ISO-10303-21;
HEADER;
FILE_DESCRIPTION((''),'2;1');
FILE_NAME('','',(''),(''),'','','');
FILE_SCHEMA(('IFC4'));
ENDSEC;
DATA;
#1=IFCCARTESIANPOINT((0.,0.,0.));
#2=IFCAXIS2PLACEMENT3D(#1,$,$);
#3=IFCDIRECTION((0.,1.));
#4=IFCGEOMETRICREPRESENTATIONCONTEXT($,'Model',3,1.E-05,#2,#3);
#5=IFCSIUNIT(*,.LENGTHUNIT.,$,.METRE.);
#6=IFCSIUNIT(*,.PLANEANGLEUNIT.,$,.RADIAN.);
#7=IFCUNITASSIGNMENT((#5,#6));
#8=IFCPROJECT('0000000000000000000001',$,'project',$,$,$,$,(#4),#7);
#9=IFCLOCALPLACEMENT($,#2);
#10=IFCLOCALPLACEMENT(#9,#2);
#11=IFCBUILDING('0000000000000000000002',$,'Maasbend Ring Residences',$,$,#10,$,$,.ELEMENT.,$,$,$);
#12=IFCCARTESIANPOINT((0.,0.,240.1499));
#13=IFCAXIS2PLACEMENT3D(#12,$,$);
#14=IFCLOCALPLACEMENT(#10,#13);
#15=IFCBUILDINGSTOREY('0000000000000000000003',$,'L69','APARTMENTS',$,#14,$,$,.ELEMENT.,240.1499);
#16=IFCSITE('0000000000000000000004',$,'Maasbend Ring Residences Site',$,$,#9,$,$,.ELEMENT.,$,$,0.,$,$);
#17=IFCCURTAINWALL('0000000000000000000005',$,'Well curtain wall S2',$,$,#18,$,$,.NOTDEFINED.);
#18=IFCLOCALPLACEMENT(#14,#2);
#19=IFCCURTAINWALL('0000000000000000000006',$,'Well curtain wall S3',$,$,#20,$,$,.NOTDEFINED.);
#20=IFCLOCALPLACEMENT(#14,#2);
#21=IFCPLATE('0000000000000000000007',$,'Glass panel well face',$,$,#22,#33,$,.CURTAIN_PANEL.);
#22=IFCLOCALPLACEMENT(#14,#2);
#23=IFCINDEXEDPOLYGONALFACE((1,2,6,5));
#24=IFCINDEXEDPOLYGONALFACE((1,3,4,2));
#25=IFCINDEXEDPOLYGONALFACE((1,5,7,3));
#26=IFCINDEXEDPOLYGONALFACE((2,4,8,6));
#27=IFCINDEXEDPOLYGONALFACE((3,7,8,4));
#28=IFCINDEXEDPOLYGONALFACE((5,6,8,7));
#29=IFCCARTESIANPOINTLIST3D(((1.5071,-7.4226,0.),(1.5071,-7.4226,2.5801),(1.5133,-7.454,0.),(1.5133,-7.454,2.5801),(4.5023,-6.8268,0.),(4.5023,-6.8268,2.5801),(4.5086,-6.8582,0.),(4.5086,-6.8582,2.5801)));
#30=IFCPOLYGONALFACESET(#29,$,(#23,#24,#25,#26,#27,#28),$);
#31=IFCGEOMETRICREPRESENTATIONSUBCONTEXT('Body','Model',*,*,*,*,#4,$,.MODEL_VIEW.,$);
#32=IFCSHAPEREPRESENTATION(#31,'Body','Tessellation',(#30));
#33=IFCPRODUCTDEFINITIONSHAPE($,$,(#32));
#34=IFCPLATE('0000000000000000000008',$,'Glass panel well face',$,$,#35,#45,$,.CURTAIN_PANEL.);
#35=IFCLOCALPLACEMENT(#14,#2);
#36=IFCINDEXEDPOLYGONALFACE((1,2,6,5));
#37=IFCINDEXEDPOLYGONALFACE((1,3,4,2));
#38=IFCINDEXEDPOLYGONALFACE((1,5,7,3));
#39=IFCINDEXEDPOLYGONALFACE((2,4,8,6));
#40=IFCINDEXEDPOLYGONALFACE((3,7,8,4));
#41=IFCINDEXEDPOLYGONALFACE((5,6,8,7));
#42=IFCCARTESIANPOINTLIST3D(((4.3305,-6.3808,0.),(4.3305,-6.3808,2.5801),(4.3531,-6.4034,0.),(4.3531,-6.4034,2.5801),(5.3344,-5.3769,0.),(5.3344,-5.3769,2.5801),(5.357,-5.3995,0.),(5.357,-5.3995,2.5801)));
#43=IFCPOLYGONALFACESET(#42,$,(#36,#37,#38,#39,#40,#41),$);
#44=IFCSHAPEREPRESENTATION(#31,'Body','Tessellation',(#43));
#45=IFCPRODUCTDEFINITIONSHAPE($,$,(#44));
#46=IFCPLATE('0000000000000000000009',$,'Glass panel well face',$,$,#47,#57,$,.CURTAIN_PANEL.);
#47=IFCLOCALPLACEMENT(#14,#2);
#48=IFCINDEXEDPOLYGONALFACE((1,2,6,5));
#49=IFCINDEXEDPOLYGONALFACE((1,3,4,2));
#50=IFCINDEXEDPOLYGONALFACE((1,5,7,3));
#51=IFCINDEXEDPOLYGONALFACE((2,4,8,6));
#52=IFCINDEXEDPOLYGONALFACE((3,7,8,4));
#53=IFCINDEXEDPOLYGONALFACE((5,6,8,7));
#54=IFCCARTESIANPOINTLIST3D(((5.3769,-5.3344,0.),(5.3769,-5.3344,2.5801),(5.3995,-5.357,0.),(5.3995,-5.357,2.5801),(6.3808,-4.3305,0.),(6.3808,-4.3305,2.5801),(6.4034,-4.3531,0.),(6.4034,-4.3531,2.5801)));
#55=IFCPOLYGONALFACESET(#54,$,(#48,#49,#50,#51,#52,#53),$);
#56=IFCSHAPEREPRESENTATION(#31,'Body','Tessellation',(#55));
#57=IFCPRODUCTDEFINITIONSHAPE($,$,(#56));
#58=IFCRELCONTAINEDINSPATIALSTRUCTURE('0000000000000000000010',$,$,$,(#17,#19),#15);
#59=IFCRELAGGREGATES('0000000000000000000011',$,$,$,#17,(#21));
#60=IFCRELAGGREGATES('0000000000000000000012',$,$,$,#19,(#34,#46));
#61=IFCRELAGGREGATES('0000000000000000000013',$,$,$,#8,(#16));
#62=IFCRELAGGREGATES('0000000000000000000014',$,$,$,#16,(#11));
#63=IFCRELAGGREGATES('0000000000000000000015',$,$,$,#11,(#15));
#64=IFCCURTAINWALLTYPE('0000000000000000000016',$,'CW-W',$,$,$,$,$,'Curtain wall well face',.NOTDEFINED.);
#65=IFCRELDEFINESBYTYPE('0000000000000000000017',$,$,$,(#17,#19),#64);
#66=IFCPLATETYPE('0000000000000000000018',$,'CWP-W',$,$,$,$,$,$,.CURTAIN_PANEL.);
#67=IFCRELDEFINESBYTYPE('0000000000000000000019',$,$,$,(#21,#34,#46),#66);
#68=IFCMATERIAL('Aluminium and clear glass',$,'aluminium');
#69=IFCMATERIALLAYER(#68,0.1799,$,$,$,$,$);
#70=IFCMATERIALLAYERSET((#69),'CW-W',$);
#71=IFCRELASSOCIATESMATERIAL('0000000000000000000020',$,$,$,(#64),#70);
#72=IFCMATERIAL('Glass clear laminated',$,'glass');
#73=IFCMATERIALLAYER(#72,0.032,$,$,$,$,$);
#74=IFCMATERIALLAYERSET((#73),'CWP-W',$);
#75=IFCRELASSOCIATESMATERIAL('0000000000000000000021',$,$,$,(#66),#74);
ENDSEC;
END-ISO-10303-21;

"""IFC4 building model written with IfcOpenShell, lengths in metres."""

from ifc_helpers import new_model, si_unit, direction, frame, origin, origin_2d, place, context, subcontext, project, spatial, rectangle, extrude, material, layer, layer_set, type_object, element, aggregate, save


model = new_model("IFC4")

# Units and contexts
model_context = context("Model", 3, precision=1e-05, world=origin(), true_north=direction((0.0, 1.0)))
body_context = subcontext(model_context, "Body", "Model", "MODEL_VIEW")
ifc_project = project(units=[si_unit("LENGTHUNIT", "METRE"), si_unit("PLANEANGLEUNIT", "RADIAN")], contexts=[model_context])

# Site, building, storey
site_placement = place(None, origin())
site = spatial("IfcSite", under=ifc_project, at=site_placement, Name="Maasbend Ring Residences Site", CompositionType="ELEMENT", RefElevation=0.0)
building_placement = place(site_placement, origin())
building = spatial("IfcBuilding", under=site, at=building_placement, Name="Maasbend Ring Residences", CompositionType="ELEMENT")
storey_placement = place(building_placement, frame((0.0, 0.0, 240.1499)))
storey = spatial("IfcBuildingStorey", under=building, at=storey_placement, Name="L69", Description="APARTMENTS", CompositionType="ELEMENT", Elevation=240.1499)

# Curtain walls
ifc_material_1 = material(Name="Aluminium and clear glass", Category="aluminium")
ifc_layer_1 = layer(ifc_material_1, 0.1799)
ifc_layer_set_1 = layer_set([ifc_layer_1], Name="CW-W")
curtain_wall_type = type_object("IfcCurtainWallType", Name="CW-W", ElementType="Curtain wall well face", PredefinedType="NOTDEFINED", material=ifc_layer_set_1)
curtain_wall_1_placement = place(storey_placement, origin())
curtain_wall_1 = element("IfcCurtainWall", 1, at=curtain_wall_1_placement, inside=storey, type_object=curtain_wall_type, Name="Well curtain wall S2", PredefinedType="NOTDEFINED")
curtain_wall_2_placement = place(storey_placement, origin())
curtain_wall_2 = element("IfcCurtainWall", 2, at=curtain_wall_2_placement, inside=storey, type_object=curtain_wall_type, Name="Well curtain wall S3", PredefinedType="NOTDEFINED")

# Plates
ifc_material_2 = material(Name="Glass clear laminated", Category="glass")
ifc_layer_2 = layer(ifc_material_2, 0.032)
ifc_layer_set_2 = layer_set([ifc_layer_2], Name="CWP-W")
plate_type = type_object("IfcPlateType", Name="CWP-W", PredefinedType="CURTAIN_PANEL", material=ifc_layer_set_2)
plate_1_placement = place(storey_placement, frame((3.0078, -7.1404, 0.0), z_axis=(0.0, 0.0, 1.0), x_axis=(0.980785, 0.19509, 0.0)))
plate_1 = element("IfcPlate", 3, at=plate_1_placement, type_object=plate_type, Name="Glass panel well face", PredefinedType="CURTAIN_PANEL", context=body_context, shape_type="SweptSolid", body=[
    extrude(rectangle(XDim=3.054, YDim=0.032, at=origin_2d()), origin(), (0.0, 0.0, 1.0), 2.5801),
])
aggregate(curtain_wall_1, [plate_1])
plate_2_placement = place(storey_placement, frame((4.8438, -5.8901, 0.0), z_axis=(0.0, 0.0, 1.0), x_axis=(0.707107, 0.707107, 0.0)))
plate_2 = element("IfcPlate", 4, at=plate_2_placement, type_object=plate_type, Name="Glass panel well face", PredefinedType="CURTAIN_PANEL", context=body_context, shape_type="SweptSolid", body=[
    extrude(rectangle(XDim=1.4197, YDim=0.032, at=origin_2d()), origin(), (0.0, 0.0, 1.0), 2.5801),
])
plate_3_placement = place(storey_placement, frame((5.8901, -4.8438, 0.0), z_axis=(0.0, 0.0, 1.0), x_axis=(0.707107, 0.707107, 0.0)))
plate_3 = element("IfcPlate", 5, at=plate_3_placement, type_object=plate_type, Name="Glass panel well face", PredefinedType="CURTAIN_PANEL", context=body_context, shape_type="SweptSolid", body=[
    extrude(rectangle(XDim=1.4197, YDim=0.032, at=origin_2d()), origin(), (0.0, 0.0, 1.0), 2.5801),
])
aggregate(curtain_wall_2, [plate_2, plate_3])

save(model, "model.ifc")
